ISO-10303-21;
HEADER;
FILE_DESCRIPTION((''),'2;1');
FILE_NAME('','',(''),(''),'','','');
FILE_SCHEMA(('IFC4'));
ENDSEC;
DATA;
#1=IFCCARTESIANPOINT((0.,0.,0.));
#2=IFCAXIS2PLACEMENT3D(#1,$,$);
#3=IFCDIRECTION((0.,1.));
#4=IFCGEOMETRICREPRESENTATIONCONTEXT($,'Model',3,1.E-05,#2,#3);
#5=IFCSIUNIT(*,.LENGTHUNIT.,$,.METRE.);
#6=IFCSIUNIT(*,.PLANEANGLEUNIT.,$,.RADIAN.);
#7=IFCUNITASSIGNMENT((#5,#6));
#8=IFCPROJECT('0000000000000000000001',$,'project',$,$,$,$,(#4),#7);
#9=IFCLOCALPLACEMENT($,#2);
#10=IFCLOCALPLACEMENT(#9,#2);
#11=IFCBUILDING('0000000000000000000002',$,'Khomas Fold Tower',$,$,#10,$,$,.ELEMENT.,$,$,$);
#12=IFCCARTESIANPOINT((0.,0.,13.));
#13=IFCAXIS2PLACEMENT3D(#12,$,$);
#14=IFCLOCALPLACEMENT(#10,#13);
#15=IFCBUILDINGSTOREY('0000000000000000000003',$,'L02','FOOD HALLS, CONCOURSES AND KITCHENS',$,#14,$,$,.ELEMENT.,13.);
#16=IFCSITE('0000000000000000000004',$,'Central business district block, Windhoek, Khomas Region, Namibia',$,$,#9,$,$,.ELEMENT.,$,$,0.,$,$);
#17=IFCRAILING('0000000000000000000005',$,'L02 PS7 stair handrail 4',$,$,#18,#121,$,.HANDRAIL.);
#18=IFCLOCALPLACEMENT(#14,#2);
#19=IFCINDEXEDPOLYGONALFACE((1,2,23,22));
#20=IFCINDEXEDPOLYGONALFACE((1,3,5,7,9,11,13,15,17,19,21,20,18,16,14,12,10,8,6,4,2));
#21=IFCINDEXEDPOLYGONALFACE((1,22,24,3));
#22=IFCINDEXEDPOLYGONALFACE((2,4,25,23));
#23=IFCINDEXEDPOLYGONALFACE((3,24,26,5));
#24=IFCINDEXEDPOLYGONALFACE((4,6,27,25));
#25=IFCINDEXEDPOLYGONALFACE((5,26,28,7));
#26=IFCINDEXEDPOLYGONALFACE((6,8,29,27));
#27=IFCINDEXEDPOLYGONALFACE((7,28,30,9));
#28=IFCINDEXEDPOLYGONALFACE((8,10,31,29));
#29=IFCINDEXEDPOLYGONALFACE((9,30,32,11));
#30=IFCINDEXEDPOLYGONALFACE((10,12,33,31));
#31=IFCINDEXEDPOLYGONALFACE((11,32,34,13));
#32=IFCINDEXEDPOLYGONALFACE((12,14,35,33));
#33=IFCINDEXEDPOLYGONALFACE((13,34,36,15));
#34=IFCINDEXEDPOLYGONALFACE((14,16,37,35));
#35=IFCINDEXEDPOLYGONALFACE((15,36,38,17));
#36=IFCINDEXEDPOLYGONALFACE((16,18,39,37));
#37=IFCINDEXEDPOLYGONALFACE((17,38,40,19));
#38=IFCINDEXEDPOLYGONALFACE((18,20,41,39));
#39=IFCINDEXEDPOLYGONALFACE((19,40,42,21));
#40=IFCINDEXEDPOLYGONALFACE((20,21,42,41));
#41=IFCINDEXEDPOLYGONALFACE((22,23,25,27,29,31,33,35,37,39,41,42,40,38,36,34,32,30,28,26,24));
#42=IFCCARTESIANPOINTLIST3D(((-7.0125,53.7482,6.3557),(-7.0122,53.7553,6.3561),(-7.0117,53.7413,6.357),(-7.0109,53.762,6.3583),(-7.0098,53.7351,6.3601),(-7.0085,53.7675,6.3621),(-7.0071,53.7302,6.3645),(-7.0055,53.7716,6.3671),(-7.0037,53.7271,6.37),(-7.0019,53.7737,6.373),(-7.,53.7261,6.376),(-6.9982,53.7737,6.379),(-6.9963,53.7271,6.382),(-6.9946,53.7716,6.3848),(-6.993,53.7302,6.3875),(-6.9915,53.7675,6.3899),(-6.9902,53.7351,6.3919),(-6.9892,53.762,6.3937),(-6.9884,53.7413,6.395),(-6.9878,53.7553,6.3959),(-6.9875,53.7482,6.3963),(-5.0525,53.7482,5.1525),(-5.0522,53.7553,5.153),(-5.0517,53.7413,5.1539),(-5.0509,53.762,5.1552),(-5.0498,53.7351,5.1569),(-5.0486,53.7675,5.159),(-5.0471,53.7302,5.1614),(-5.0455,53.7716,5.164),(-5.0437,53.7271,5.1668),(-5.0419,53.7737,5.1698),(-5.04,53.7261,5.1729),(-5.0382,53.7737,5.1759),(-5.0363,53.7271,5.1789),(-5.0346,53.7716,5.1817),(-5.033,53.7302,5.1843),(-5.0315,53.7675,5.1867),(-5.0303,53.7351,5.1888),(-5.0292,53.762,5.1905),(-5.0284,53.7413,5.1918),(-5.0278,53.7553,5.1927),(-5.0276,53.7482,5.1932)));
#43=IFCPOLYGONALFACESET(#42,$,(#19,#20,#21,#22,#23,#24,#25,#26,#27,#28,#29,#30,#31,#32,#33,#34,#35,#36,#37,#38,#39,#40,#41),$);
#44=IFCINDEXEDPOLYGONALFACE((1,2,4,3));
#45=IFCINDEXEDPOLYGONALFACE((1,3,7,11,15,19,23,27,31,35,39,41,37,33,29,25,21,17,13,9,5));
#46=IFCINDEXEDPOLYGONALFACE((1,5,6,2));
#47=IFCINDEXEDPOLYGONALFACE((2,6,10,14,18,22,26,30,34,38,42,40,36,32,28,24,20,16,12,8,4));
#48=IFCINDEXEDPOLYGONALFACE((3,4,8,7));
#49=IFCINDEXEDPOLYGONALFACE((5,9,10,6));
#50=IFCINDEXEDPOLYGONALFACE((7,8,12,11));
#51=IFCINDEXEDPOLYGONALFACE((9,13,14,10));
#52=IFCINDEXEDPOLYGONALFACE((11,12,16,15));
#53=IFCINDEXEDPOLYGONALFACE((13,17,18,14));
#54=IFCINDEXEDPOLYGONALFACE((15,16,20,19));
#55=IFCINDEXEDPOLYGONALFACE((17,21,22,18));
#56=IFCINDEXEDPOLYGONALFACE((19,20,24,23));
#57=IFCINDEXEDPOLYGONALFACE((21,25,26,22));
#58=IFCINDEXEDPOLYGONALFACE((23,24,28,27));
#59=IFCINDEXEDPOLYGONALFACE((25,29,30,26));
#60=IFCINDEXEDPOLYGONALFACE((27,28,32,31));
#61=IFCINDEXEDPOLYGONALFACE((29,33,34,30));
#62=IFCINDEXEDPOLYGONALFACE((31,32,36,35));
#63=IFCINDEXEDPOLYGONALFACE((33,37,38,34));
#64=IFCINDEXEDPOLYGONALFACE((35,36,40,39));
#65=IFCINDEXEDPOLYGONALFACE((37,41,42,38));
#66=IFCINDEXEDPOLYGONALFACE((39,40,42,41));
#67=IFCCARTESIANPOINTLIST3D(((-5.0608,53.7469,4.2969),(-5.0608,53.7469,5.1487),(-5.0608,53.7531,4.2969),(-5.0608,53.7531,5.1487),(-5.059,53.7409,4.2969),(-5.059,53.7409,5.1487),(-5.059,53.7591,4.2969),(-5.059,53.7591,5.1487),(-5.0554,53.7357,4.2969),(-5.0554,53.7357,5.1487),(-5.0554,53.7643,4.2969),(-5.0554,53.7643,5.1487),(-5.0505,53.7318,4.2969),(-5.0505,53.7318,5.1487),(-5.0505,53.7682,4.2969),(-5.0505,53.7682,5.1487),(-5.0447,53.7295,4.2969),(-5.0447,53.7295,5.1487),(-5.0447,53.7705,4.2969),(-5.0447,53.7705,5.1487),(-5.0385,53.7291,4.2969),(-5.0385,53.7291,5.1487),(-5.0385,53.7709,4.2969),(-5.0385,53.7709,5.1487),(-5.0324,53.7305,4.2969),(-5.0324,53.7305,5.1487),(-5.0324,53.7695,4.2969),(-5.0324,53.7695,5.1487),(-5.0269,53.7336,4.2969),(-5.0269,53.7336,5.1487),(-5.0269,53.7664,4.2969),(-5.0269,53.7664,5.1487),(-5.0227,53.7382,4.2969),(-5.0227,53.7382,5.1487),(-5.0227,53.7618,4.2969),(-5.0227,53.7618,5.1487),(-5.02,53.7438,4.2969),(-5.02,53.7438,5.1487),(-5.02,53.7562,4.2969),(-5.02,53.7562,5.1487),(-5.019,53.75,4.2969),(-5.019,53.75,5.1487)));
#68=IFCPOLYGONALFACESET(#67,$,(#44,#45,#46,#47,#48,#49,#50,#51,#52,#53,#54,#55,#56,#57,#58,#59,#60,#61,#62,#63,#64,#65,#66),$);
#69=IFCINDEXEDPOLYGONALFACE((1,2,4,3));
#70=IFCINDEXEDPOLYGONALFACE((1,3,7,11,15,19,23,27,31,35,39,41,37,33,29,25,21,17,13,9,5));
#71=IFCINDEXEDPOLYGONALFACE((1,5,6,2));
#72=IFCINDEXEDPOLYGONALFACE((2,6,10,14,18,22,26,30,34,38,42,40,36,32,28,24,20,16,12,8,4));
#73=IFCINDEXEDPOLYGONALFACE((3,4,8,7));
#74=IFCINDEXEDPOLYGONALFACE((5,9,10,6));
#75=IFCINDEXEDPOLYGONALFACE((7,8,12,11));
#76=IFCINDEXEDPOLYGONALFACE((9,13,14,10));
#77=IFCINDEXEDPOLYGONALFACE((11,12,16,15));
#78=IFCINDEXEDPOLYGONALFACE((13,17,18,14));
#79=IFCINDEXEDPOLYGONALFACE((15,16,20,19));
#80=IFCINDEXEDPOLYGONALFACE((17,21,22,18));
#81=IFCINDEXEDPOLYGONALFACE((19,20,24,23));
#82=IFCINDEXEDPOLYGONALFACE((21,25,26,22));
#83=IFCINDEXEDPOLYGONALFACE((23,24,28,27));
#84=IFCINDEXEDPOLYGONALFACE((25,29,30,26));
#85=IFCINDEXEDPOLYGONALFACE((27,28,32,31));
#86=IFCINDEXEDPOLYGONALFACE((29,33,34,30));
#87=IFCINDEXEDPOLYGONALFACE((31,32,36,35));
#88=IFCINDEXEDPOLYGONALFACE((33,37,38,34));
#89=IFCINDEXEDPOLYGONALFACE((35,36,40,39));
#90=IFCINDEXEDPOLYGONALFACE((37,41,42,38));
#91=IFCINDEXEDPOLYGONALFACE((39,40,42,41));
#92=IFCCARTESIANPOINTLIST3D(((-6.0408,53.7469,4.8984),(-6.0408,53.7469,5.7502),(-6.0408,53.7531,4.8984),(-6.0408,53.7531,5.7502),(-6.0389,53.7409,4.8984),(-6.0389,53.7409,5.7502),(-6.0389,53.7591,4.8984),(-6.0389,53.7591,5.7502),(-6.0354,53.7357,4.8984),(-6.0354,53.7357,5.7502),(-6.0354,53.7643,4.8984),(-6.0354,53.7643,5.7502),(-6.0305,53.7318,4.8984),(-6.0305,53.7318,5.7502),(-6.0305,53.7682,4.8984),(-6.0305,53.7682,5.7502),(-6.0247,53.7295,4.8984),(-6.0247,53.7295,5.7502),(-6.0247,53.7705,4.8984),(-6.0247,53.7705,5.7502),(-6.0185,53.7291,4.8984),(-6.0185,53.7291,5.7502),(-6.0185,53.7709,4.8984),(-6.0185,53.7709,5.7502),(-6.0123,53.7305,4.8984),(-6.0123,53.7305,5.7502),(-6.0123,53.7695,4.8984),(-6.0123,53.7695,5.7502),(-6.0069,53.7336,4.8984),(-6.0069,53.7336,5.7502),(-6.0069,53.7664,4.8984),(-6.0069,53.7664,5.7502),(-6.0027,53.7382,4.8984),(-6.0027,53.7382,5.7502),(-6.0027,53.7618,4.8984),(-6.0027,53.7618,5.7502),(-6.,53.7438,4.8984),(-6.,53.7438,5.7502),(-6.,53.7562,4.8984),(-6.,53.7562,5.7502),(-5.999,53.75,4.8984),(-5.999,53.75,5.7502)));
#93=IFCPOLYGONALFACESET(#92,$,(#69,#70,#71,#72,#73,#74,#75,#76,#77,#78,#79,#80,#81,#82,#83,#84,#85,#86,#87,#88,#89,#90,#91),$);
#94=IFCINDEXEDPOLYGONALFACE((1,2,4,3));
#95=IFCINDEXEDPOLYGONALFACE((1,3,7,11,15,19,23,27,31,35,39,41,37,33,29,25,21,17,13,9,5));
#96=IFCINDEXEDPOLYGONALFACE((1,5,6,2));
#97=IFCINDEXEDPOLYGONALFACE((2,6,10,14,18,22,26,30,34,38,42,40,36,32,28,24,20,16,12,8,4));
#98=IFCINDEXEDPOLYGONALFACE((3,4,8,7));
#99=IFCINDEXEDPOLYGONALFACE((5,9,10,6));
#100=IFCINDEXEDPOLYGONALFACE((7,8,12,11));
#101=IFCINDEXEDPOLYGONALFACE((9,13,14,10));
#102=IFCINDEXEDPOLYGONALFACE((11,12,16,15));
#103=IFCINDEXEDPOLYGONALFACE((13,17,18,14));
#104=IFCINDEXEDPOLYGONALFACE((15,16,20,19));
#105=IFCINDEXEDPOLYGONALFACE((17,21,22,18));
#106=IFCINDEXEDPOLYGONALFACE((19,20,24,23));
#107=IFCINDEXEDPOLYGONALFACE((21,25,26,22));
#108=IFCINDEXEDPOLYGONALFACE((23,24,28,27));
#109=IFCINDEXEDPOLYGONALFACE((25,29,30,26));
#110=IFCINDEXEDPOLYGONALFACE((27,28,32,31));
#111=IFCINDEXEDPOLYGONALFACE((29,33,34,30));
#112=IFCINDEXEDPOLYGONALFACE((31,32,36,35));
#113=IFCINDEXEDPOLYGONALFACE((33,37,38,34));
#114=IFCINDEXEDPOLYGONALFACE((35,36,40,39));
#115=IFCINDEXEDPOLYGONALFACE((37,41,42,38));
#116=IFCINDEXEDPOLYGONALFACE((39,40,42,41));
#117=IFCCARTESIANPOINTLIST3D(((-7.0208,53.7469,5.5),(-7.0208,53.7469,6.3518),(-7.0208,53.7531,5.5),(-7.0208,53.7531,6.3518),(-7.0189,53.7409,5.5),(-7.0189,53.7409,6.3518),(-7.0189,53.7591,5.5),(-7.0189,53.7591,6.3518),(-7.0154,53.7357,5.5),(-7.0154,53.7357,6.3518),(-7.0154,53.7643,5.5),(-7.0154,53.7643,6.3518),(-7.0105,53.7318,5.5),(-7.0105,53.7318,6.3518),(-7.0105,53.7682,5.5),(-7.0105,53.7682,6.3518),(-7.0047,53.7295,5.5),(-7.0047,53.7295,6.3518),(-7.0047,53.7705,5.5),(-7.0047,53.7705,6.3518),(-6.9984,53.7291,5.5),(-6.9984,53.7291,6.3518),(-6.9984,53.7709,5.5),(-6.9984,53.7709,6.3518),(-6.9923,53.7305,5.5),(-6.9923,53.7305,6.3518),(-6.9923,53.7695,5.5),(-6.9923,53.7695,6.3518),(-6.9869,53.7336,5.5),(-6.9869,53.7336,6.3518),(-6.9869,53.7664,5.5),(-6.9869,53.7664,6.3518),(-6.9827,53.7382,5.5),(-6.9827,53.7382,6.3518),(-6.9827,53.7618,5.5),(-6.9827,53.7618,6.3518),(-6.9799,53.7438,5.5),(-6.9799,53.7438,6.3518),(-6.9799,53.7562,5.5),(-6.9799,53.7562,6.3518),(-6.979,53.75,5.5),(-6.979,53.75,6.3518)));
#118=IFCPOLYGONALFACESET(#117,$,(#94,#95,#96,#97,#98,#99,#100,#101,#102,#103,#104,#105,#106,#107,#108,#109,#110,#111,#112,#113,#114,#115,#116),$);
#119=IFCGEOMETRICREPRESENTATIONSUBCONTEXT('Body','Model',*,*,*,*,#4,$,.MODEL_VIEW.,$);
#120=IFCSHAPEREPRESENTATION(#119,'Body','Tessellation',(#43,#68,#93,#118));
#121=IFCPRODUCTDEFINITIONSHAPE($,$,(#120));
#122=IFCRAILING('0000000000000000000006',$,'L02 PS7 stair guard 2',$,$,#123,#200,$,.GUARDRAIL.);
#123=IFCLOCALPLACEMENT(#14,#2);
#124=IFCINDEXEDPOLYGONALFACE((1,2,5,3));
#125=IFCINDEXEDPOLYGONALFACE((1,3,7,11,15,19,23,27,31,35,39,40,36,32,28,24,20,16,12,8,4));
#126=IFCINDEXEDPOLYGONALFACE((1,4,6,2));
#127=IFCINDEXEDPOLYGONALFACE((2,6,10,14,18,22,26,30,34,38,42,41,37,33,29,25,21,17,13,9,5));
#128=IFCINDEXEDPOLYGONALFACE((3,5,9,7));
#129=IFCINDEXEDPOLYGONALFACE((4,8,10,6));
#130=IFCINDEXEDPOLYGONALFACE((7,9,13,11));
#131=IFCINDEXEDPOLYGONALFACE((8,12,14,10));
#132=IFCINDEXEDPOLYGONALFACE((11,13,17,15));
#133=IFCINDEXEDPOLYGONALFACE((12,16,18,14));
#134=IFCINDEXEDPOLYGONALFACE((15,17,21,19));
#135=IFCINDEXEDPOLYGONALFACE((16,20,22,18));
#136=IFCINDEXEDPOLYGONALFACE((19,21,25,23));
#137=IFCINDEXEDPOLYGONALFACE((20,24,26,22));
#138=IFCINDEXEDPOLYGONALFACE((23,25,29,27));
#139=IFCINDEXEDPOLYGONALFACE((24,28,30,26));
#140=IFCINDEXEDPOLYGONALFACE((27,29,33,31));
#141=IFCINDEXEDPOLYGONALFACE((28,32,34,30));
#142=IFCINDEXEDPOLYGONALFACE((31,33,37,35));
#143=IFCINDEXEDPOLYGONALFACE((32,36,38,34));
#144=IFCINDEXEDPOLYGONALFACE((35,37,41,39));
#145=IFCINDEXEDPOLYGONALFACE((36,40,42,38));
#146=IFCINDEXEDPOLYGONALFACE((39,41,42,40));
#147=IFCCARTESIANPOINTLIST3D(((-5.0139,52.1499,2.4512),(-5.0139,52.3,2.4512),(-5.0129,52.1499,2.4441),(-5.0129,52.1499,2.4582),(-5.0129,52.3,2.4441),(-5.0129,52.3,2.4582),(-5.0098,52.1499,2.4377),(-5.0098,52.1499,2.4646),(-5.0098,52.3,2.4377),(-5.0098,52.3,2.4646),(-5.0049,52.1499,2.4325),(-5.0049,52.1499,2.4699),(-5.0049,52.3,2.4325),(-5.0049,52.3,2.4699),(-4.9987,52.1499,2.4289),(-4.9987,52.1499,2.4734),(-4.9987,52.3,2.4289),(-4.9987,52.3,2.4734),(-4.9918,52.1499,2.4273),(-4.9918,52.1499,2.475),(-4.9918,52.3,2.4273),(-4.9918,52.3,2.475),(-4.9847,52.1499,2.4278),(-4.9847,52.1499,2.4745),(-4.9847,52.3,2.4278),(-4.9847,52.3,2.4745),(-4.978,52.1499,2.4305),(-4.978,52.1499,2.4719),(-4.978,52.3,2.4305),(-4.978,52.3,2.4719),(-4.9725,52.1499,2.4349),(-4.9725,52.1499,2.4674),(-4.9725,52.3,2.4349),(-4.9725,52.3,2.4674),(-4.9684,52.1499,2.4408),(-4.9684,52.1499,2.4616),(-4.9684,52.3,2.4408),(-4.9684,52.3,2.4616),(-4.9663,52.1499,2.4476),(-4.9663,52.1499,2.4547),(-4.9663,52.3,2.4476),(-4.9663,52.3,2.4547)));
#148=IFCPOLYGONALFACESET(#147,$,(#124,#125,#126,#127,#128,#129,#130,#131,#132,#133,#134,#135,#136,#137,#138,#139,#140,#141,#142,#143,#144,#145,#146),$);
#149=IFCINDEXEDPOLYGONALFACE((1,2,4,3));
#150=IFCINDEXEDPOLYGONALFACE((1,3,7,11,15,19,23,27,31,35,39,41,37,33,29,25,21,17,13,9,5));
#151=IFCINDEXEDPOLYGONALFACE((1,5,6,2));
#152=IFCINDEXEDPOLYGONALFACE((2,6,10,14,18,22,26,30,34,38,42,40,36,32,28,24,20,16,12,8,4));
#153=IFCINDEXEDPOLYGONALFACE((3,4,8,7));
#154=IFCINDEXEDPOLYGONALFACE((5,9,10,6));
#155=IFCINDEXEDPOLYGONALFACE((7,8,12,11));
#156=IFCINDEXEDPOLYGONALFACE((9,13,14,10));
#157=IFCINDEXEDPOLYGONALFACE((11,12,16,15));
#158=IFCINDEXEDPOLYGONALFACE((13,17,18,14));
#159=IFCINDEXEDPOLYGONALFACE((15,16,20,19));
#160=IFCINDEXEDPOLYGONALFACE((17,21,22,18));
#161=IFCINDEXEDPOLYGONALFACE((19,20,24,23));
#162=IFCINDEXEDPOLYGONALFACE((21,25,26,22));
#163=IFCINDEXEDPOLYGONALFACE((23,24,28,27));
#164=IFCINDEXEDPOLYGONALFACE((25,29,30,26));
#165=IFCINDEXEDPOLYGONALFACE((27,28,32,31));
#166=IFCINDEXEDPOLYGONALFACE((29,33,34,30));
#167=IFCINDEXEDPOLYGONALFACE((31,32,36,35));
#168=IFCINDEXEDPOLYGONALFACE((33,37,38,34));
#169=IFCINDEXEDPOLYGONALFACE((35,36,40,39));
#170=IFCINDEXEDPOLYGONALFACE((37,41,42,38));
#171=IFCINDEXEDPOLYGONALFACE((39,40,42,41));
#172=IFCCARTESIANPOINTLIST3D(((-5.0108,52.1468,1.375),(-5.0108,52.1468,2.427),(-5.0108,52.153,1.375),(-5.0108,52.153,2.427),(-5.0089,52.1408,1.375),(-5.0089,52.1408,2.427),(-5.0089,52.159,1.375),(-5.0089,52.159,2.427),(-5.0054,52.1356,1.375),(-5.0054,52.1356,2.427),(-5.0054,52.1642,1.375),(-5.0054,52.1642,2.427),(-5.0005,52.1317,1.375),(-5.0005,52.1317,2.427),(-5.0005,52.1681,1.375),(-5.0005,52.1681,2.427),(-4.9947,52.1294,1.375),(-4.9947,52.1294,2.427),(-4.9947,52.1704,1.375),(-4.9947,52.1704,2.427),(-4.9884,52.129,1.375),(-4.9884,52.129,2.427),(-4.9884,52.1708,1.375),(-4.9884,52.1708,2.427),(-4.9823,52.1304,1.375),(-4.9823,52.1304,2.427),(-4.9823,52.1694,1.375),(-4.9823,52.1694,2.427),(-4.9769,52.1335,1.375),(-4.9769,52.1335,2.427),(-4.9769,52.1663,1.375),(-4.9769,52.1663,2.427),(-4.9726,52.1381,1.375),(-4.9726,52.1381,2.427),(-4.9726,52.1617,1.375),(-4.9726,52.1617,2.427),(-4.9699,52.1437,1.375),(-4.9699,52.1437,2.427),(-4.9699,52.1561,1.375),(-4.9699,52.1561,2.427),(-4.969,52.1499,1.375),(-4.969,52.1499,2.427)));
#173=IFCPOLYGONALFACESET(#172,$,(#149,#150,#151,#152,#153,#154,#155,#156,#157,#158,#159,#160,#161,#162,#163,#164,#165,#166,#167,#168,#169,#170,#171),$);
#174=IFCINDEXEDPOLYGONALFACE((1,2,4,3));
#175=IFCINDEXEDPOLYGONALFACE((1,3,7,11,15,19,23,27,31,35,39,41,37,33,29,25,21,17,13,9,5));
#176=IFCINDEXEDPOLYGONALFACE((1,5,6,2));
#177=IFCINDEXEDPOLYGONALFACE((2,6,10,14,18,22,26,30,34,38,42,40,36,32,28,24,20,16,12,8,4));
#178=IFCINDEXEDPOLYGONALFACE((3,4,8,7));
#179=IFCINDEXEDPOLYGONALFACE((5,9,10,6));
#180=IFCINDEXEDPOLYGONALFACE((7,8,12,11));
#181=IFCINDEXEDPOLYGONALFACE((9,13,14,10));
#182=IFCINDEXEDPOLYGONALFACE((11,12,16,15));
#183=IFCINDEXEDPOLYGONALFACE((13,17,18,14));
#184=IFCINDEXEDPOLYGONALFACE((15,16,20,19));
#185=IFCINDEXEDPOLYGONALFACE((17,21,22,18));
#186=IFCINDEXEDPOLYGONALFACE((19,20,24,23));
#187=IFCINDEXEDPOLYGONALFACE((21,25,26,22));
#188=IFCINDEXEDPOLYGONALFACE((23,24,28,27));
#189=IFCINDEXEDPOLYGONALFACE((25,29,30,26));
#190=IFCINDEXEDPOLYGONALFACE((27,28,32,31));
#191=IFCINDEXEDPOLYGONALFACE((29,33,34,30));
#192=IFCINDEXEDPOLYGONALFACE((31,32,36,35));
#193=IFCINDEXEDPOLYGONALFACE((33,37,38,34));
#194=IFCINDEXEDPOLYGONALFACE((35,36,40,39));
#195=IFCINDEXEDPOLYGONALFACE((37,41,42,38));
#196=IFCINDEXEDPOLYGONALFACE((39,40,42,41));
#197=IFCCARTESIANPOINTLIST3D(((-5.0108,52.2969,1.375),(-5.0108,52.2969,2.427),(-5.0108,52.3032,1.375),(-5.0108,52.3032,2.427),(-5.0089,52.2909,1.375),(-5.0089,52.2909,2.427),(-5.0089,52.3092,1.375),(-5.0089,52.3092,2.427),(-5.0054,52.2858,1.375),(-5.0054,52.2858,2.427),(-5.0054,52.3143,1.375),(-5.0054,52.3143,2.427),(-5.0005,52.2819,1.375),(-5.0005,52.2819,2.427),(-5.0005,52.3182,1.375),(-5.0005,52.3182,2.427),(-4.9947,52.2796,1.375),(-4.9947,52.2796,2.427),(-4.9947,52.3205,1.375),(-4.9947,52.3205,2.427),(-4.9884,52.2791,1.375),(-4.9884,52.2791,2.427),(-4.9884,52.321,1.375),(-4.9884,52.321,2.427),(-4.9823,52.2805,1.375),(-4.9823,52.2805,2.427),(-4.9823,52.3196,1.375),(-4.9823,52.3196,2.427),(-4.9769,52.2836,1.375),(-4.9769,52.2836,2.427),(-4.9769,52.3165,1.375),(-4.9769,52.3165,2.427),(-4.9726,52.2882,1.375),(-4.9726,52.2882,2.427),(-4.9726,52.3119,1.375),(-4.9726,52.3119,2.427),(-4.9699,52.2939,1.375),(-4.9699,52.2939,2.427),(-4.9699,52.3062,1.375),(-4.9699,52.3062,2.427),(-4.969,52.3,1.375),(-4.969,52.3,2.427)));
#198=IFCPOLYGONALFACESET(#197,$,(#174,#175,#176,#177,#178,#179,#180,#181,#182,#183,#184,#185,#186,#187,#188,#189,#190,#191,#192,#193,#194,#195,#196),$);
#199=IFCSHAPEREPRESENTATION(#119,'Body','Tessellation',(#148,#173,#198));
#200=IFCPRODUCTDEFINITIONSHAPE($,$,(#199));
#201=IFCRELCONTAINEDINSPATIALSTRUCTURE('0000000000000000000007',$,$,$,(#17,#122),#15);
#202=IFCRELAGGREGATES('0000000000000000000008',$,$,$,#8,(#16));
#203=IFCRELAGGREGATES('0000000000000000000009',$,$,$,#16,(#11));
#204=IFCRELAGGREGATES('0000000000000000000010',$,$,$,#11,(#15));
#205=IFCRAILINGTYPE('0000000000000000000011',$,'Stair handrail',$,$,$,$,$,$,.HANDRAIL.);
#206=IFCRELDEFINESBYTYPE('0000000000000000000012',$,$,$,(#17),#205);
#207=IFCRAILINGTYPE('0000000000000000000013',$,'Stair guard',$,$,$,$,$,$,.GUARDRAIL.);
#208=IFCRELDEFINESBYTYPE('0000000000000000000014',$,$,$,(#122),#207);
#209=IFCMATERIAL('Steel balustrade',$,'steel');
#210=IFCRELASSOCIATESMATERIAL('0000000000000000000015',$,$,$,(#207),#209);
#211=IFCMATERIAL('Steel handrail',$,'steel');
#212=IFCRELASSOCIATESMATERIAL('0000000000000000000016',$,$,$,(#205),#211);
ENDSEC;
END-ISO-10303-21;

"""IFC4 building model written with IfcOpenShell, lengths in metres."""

from ifc_helpers import new_model, si_unit, direction, frame, origin, origin_2d, place, context, subcontext, project, spatial, circle, extrude, source, transform, mapped, material, type_object, element, save


model = new_model("IFC4")

# Units and contexts
model_context = context("Model", 3, precision=1e-05, world=origin(), true_north=direction((0.0, 1.0)))
body_context = subcontext(model_context, "Body", "Model", "MODEL_VIEW")
ifc_project = project(units=[si_unit("LENGTHUNIT", "METRE"), si_unit("PLANEANGLEUNIT", "RADIAN")], contexts=[model_context])

# Site, building, storey
site_placement = place(None, origin())
site = spatial("IfcSite", under=ifc_project, at=site_placement, Name="Central business district block, Windhoek, Khomas Region, Namibia", CompositionType="ELEMENT", RefElevation=0.0)
building_placement = place(site_placement, origin())
building = spatial("IfcBuilding", under=site, at=building_placement, Name="Khomas Fold Tower", CompositionType="ELEMENT")
storey_placement = place(building_placement, frame((0.0, 0.0, 13.0)))
storey = spatial("IfcBuildingStorey", under=building, at=storey_placement, Name="L02", Description="FOOD HALLS, CONCOURSES AND KITCHENS", CompositionType="ELEMENT", Elevation=13.0)

# Railings
ifc_material_1 = material(Name="Steel balustrade", Category="steel")
railing_type_1 = type_object("IfcRailingType", Name="Stair guard", PredefinedType="GUARDRAIL", material=ifc_material_1)
ifc_material_2 = material(Name="Steel handrail", Category="steel")
railing_type_2 = type_object("IfcRailingType", Name="Stair handrail", PredefinedType="HANDRAIL", material=ifc_material_2)
shared_shape_1 = source(origin(), body_context, "Body", "SweptSolid", [
    extrude(circle(Radius=0.0239, at=origin_2d()), frame((0.0, 0.0, 0.876), z_axis=(-0.852241, 0.0, 0.523149), x_axis=(0.0, -1.0, 0.0)), (0.0, 0.0, 1.0), 2.2998),
    extrude(circle(Radius=0.021, at=origin_2d()), origin(), (0.0, 0.0, 1.0), 0.8518),
    extrude(circle(Radius=0.021, at=origin_2d()), frame((-0.98, 0.0, 0.6016)), (0.0, 0.0, 1.0), 0.8518),
    extrude(circle(Radius=0.021, at=origin_2d()), frame((-1.96, 0.0, 1.2031)), (0.0, 0.0, 1.0), 0.8518),
])
for number, where, name in (
    (1, (-5.04, 53.75, 4.2969), "L02 PS7 stair handrail 4"),
):
    element("IfcRailing", number, at=place(storey_placement, frame(where)), inside=storey, type_object=railing_type_2, Name=name, PredefinedType="HANDRAIL", context=body_context, shape_type="MappedRepresentation", body=[
        mapped(shared_shape_1, transform((0.0, 0.0, 0.0))),
    ])
shared_shape_2 = source(origin(), body_context, "Body", "SweptSolid", [
    extrude(circle(Radius=0.0239, at=origin_2d()), frame((0.0, 0.0, 1.0762), z_axis=(0.0, 1.0, 0.0), x_axis=(-1.0, 0.0, 0.0)), (0.0, 0.0, 1.0), 0.1501),
    extrude(circle(Radius=0.021, at=origin_2d()), origin(), (0.0, 0.0, 1.0), 1.052),
    extrude(circle(Radius=0.021, at=origin_2d()), frame((0.0, 0.1501, 0.0)), (0.0, 0.0, 1.0), 1.052),
])
railing_1_placement = place(storey_placement, frame((-4.99, 52.1499, 1.375)))
element("IfcRailing", 2, at=railing_1_placement, inside=storey, type_object=railing_type_1, Name="L02 PS7 stair guard 2", PredefinedType="GUARDRAIL", context=body_context, shape_type="MappedRepresentation", body=[
    mapped(shared_shape_2, transform((0.0, 0.0, 0.0))),
])

save(model, "model.ifc")
